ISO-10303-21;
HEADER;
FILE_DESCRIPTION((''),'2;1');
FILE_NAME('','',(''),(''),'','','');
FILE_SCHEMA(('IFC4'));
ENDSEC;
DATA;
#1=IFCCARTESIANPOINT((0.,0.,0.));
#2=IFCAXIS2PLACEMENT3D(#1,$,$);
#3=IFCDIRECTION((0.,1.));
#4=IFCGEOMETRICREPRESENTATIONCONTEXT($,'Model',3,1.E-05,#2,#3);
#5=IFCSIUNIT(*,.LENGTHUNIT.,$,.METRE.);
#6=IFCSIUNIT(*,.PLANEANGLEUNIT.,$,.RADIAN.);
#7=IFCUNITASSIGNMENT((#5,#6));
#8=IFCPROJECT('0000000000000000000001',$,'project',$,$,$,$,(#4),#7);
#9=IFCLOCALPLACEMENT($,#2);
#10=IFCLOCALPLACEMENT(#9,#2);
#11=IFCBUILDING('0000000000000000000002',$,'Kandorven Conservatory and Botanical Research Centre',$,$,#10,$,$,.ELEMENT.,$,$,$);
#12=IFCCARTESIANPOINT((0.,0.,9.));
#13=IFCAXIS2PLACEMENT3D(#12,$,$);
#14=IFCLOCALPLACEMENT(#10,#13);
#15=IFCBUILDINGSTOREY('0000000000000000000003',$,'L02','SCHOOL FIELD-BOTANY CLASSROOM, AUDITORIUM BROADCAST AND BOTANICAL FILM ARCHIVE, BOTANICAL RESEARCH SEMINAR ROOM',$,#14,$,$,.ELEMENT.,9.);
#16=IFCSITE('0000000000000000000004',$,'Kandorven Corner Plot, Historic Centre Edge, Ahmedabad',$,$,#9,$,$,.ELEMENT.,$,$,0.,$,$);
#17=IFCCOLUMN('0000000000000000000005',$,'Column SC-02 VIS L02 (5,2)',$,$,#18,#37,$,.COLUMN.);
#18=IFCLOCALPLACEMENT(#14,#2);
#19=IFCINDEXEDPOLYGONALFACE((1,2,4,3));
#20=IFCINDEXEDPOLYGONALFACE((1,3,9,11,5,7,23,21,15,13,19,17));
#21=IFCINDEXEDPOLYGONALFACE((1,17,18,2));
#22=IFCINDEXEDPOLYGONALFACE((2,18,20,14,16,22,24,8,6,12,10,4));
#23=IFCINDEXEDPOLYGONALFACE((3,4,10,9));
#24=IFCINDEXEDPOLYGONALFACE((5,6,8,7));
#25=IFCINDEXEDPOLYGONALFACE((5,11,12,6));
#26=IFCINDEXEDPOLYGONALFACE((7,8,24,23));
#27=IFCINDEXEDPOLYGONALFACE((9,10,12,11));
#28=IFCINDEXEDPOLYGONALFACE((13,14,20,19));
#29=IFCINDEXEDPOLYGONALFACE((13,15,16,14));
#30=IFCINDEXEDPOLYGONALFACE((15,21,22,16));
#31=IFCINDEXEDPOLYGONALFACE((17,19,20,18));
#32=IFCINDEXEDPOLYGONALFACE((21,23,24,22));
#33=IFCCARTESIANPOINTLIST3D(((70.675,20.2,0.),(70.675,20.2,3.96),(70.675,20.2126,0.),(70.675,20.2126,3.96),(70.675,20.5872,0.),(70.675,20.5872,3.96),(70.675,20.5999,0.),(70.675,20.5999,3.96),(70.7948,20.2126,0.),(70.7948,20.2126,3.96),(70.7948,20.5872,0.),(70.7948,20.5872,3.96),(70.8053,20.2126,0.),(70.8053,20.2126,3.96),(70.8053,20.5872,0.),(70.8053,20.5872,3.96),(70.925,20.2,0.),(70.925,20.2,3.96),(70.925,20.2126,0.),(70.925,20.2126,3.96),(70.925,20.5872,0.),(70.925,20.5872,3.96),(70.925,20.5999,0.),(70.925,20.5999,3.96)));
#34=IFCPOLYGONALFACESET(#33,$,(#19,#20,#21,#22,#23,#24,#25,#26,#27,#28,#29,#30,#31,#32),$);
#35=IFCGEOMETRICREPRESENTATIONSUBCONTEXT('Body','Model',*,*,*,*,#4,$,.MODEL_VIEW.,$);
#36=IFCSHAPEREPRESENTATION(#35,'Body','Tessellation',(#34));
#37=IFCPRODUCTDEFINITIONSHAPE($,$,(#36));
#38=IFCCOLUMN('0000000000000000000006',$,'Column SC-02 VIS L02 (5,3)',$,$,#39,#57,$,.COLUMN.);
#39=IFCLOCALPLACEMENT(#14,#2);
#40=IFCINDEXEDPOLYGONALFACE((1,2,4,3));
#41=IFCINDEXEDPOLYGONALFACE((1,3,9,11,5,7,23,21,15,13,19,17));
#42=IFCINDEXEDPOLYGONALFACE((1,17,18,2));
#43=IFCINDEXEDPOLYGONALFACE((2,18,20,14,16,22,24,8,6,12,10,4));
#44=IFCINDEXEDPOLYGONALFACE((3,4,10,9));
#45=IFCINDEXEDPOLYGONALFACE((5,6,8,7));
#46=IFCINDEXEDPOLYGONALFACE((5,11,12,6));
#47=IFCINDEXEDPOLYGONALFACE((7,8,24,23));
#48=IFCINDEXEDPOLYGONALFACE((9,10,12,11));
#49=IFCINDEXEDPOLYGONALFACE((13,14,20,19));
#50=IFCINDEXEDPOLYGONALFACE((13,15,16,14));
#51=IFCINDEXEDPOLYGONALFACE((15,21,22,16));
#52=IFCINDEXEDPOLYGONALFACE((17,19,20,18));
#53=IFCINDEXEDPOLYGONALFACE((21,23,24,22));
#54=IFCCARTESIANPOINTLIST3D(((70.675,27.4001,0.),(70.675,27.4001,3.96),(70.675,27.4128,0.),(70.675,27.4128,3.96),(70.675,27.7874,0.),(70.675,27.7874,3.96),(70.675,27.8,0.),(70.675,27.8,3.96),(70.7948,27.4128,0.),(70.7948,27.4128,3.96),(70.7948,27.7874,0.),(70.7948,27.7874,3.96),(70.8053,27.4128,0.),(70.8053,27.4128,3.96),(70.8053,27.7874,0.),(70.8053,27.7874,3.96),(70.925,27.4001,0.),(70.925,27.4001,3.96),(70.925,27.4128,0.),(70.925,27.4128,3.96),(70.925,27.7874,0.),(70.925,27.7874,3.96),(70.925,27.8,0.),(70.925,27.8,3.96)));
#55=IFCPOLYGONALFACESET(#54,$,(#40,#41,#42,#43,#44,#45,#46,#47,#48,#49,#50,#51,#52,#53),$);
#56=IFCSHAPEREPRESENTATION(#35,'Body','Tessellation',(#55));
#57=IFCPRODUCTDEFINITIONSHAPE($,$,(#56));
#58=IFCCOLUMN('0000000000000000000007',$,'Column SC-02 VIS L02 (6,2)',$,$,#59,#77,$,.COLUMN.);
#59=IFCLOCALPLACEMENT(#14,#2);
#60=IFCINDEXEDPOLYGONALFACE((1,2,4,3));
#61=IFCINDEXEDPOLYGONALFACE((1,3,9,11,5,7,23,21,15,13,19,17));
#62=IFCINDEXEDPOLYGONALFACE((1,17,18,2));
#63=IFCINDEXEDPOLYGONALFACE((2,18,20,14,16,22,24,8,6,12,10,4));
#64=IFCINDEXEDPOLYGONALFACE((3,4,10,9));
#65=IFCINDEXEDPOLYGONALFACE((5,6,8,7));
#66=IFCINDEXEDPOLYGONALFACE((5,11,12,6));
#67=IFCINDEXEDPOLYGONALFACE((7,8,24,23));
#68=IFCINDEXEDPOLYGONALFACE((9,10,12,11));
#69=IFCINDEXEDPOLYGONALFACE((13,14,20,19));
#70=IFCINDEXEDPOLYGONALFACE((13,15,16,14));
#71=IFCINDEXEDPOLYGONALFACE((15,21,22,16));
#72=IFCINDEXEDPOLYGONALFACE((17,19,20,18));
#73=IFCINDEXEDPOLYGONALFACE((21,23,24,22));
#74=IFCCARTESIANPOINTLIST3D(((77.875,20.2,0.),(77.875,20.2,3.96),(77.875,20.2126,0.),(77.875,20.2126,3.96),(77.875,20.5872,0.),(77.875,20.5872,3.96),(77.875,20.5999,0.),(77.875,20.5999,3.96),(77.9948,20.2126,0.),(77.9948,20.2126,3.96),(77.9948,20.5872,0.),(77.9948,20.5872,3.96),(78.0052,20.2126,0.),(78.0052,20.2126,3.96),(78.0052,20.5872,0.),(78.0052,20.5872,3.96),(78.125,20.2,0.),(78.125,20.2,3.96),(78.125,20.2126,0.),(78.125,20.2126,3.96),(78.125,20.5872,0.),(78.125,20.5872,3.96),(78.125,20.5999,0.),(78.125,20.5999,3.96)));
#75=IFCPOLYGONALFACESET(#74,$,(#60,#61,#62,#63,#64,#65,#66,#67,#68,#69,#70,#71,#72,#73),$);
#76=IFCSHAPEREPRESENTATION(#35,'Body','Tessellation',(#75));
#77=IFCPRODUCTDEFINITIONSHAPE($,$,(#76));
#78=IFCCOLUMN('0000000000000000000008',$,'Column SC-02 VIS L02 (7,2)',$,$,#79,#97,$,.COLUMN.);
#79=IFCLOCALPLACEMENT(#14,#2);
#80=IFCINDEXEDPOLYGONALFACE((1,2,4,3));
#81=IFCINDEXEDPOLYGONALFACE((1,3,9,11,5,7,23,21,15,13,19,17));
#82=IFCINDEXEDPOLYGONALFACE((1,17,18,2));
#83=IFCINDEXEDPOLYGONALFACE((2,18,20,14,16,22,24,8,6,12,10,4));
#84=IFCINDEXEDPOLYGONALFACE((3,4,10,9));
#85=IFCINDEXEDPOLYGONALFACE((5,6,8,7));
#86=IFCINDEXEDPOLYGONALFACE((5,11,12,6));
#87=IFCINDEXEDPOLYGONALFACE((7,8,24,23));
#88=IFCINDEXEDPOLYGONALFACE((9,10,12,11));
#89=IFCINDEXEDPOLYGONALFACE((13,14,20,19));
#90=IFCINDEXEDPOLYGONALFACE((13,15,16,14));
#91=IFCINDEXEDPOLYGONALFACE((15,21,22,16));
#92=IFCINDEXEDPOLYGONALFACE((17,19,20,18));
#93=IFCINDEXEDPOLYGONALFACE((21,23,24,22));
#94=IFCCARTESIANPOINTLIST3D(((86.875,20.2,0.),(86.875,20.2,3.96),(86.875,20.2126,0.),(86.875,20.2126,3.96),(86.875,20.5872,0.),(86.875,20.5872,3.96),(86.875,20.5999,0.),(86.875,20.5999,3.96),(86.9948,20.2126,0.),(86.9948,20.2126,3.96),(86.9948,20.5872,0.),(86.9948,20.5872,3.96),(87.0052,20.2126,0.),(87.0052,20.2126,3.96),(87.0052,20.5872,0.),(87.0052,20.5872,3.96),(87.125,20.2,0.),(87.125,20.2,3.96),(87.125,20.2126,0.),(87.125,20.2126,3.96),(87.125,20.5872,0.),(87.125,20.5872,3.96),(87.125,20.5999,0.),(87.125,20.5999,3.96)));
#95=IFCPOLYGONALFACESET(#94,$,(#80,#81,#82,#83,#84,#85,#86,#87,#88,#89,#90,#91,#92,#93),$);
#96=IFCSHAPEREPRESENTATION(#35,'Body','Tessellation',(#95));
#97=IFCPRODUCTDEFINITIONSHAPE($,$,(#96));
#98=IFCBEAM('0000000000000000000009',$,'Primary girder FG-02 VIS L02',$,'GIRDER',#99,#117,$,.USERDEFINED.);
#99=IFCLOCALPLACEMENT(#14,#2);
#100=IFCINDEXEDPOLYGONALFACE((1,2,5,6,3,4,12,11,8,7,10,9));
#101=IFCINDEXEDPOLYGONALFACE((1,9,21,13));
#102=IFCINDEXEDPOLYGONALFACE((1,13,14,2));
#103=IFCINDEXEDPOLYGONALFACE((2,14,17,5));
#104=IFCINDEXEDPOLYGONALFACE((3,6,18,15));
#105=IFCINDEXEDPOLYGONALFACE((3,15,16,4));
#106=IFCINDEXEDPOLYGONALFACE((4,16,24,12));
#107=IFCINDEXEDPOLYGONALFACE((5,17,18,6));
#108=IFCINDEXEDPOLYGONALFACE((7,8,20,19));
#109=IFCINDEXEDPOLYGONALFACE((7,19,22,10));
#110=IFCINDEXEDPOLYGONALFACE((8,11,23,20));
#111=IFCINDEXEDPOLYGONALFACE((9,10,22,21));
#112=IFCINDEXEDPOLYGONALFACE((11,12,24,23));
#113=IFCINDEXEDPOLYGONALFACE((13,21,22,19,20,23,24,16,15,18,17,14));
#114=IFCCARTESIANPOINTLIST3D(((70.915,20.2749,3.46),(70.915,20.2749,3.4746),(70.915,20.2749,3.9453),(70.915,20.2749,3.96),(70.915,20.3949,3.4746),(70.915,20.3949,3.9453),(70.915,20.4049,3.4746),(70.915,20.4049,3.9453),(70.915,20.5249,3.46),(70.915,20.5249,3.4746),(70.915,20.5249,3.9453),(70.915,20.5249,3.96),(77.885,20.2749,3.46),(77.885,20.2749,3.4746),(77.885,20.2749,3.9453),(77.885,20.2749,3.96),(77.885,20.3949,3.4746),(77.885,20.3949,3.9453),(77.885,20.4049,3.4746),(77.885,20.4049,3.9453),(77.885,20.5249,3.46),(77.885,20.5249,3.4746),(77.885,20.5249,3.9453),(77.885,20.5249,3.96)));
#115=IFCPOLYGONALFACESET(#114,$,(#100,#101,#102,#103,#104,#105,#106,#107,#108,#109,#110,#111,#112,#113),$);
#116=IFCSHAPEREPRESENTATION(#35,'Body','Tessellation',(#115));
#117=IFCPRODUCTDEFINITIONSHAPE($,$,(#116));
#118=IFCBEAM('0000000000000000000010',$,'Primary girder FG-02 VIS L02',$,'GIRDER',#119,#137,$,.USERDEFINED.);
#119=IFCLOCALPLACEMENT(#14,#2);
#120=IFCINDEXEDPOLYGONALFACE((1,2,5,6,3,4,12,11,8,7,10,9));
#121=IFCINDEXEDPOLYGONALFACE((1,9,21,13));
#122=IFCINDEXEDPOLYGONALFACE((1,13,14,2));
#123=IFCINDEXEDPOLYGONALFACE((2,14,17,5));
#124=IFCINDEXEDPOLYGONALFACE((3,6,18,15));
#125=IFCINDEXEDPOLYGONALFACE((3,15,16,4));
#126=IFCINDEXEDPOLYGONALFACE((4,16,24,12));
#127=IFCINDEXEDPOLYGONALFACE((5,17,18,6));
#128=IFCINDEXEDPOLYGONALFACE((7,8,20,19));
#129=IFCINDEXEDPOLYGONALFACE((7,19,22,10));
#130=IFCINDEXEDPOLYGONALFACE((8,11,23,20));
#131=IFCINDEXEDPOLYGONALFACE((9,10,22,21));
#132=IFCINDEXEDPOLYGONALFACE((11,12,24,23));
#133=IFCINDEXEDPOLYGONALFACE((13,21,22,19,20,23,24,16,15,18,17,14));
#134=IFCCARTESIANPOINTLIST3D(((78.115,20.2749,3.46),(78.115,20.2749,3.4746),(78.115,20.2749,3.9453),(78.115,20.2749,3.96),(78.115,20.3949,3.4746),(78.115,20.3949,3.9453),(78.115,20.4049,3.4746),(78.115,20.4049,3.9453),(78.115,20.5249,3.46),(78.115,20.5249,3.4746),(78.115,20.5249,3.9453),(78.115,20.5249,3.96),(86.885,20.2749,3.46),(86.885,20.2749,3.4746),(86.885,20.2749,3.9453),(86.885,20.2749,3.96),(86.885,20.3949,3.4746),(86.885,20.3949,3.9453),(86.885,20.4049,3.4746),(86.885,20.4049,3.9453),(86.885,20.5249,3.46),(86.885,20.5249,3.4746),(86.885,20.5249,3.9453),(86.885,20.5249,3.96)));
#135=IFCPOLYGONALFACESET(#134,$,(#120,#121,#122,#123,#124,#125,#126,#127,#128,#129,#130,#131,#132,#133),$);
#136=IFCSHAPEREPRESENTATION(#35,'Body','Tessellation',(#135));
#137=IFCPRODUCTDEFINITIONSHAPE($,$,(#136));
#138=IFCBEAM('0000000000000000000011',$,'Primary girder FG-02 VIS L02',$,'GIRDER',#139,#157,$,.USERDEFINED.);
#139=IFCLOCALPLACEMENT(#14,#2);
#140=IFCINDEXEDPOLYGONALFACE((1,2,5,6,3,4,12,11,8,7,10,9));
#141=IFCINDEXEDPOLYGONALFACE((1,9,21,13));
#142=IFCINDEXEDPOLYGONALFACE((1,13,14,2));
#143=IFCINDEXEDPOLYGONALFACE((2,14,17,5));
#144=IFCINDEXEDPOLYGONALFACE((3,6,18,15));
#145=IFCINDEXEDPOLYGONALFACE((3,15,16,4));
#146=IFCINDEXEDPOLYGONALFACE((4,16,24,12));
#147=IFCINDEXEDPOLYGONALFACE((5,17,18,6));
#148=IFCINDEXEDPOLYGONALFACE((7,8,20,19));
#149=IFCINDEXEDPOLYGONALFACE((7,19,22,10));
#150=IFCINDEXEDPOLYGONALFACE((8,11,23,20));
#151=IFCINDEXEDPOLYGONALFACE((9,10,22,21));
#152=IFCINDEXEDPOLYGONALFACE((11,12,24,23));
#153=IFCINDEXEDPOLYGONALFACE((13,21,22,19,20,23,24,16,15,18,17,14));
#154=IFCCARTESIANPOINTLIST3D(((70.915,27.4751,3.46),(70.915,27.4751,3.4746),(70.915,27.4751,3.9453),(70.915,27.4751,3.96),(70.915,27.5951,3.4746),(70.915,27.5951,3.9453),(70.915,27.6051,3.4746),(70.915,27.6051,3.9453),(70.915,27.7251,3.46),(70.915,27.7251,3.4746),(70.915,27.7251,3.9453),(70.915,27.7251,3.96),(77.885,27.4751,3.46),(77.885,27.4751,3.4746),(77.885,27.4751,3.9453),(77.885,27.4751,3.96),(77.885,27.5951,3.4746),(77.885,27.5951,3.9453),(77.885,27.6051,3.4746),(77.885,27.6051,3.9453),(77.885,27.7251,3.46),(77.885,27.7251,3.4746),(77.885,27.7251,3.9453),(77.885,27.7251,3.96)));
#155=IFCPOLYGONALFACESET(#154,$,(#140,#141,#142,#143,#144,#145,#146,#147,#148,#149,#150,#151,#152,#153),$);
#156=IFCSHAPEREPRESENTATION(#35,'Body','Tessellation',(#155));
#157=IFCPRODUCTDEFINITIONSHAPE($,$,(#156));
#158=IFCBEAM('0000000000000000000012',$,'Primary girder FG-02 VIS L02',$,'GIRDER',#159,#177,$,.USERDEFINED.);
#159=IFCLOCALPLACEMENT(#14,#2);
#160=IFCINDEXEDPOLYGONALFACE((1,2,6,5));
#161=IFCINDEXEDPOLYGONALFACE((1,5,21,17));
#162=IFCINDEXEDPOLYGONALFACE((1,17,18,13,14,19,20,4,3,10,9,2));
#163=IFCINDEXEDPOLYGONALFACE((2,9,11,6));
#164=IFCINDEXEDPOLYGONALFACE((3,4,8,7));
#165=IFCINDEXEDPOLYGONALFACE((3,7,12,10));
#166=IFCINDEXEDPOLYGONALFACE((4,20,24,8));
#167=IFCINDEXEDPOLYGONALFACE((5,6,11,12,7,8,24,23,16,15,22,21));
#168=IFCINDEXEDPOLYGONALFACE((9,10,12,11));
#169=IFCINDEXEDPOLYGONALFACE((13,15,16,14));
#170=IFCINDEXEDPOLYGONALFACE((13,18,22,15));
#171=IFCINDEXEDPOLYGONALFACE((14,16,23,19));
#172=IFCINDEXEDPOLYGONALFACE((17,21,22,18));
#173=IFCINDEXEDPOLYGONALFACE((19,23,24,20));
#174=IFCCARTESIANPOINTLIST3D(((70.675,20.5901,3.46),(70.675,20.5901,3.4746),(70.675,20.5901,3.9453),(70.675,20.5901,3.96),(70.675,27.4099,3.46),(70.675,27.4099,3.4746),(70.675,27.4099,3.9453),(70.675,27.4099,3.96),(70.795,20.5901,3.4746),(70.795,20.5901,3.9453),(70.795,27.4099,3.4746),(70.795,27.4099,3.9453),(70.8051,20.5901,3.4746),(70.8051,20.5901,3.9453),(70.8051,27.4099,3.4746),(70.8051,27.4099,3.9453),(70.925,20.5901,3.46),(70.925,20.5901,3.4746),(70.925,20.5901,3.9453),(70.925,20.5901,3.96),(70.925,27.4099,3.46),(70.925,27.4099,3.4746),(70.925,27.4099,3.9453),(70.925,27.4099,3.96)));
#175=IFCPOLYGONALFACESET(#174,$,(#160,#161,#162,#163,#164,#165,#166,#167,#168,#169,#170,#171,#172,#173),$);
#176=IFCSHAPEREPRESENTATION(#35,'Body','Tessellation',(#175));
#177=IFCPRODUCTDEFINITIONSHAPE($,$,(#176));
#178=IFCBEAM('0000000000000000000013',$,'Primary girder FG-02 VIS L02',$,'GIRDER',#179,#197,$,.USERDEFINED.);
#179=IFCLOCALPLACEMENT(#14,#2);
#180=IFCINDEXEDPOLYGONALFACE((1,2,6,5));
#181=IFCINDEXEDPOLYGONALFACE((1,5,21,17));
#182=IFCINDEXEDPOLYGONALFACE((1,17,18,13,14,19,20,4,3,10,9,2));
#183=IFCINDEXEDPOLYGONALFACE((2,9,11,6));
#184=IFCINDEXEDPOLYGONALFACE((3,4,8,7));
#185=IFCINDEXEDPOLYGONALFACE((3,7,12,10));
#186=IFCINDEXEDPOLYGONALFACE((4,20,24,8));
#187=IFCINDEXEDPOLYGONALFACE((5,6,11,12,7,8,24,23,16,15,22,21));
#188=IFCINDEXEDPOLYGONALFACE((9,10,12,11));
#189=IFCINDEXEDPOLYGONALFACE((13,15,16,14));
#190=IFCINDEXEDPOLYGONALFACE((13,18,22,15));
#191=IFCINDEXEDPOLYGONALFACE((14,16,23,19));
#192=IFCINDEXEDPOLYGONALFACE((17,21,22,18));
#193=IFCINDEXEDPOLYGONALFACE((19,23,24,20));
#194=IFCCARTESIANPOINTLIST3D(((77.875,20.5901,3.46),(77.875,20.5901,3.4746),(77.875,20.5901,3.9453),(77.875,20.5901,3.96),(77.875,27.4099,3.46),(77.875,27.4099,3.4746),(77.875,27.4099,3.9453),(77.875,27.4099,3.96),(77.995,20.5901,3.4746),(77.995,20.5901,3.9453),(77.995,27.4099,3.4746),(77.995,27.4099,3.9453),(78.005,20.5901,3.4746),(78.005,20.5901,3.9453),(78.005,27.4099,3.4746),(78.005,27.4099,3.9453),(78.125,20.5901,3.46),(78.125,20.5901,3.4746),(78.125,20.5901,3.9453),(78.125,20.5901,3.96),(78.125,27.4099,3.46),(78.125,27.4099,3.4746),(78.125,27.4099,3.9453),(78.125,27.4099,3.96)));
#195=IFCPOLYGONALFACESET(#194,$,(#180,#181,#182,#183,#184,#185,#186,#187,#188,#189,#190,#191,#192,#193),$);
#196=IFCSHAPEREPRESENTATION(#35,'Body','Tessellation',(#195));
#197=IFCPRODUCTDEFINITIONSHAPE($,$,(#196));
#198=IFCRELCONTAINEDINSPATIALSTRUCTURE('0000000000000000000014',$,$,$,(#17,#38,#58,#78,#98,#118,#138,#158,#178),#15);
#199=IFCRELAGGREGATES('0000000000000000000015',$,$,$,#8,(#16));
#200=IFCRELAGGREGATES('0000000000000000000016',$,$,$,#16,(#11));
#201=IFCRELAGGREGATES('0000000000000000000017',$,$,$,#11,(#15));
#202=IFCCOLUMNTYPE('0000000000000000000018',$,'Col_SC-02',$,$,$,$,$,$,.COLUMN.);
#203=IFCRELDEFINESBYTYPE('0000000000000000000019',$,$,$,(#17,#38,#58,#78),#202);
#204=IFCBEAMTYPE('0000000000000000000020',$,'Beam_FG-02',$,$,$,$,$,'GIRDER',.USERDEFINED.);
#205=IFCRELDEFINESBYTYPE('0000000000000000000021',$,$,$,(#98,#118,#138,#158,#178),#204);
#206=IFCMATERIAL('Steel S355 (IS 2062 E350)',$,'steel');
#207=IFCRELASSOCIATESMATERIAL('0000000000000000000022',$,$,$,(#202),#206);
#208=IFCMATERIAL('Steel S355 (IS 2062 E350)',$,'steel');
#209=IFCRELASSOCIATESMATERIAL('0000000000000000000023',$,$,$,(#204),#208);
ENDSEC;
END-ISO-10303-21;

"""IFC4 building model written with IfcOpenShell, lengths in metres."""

from ifc_helpers import new_model, si_unit, direction, frame, origin, origin_2d, place, context, subcontext, project, spatial, i_section, extrude, material, material_profile, profile_set, type_object, element, save


model = new_model("IFC4")

# Units and contexts
model_context = context("Model", 3, precision=1e-05, world=origin(), true_north=direction((0.0, 1.0)))
body_context = subcontext(model_context, "Body", "Model", "MODEL_VIEW")
ifc_project = project(units=[si_unit("LENGTHUNIT", "METRE"), si_unit("PLANEANGLEUNIT", "RADIAN")], contexts=[model_context])

# Site, building, storey
site_placement = place(None, origin())
site = spatial("IfcSite", under=ifc_project, at=site_placement, Name="Kandorven Corner Plot, Historic Centre Edge, Ahmedabad", CompositionType="ELEMENT", RefElevation=0.0)
building_placement = place(site_placement, origin())
building = spatial("IfcBuilding", under=site, at=building_placement, Name="Kandorven Conservatory and Botanical Research Centre", CompositionType="ELEMENT")
storey_placement = place(building_placement, frame((0.0, 0.0, 9.0)))
storey = spatial("IfcBuildingStorey", under=building, at=storey_placement, Name="L02", Description="SCHOOL FIELD-BOTANY CLASSROOM, AUDITORIUM BROADCAST AND BOTANICAL FILM ARCHIVE, BOTANICAL RESEARCH SEMINAR ROOM", CompositionType="ELEMENT", Elevation=9.0)

# Columns
ifc_material_1 = material(Name="Steel S355 (IS 2062 E350)", Category="steel")
ifc_material_profile_1 = material_profile(ifc_material_1, i_section(OverallWidth=0.25, OverallDepth=0.3999, WebThickness=0.0105, FlangeThickness=0.0127, at=origin_2d()))
ifc_profile_set_1 = profile_set([ifc_material_profile_1], Name="Steel S355 (IS 2062 E350)")
column_type = type_object("IfcColumnType", Name="Col_SC-02", PredefinedType="COLUMN", material=ifc_profile_set_1)
for number, where, z_axis, x_axis, name in (
    (1, (70.8, 20.3999, 0.0), (0.0, 0.0, 1.0), (1.0, 0.0, 0.0), "Column SC-02 VIS L02 (5,2)"),
    (2, (70.8, 27.6001, 0.0), (0.0, 0.0, 1.0), (1.0, 0.0, 0.0), "Column SC-02 VIS L02 (5,3)"),
    (3, (78.0, 20.3999, 0.0), (0.0, 0.0, 1.0), (1.0, 0.0, 0.0), "Column SC-02 VIS L02 (6,2)"),
    (4, (87.0, 20.3999, 0.0), (0.0, 0.0, 1.0), (1.0, 0.0, 0.0), "Column SC-02 VIS L02 (7,2)"),
):
    element("IfcColumn", number, at=place(storey_placement, frame(where, z_axis=z_axis, x_axis=x_axis)), inside=storey, type_object=column_type, Name=name, PredefinedType="COLUMN", context=body_context, shape_type="SweptSolid", body=[
        extrude(i_section(OverallWidth=0.25, OverallDepth=0.3999, WebThickness=0.0105, FlangeThickness=0.0127, at=origin_2d()), origin(), (0.0, 0.0, 1.0), 3.96),
    ])

# Beams
ifc_material_2 = material(Name="Steel S355 (IS 2062 E350)", Category="steel")
ifc_material_profile_2 = material_profile(ifc_material_2, i_section(OverallWidth=0.25, OverallDepth=0.5, WebThickness=0.01, FlangeThickness=0.0146, at=origin_2d()))
ifc_profile_set_2 = profile_set([ifc_material_profile_2], Name="Steel S355 (IS 2062 E350)")
beam_type_1 = type_object("IfcBeamType", Name="Beam_FG-02", ElementType="GIRDER", PredefinedType="USERDEFINED", material=ifc_profile_set_2)
beam_1_placement = place(storey_placement, frame((70.915, 20.3999, 3.71), z_axis=(1.0, 0.0, 0.0), x_axis=(0.0, 1.0, 0.0)))
element("IfcBeam", 5, at=beam_1_placement, inside=storey, type_object=beam_type_1, Name="Primary girder FG-02 VIS L02", ObjectType="GIRDER", PredefinedType="USERDEFINED", context=body_context, shape_type="SweptSolid", body=[
    extrude(i_section(OverallWidth=0.25, OverallDepth=0.5, WebThickness=0.01, FlangeThickness=0.0146, at=origin_2d()), origin(), (0.0, 0.0, 1.0), 6.97),
])
beam_2_placement = place(storey_placement, frame((78.115, 20.3999, 3.71), z_axis=(1.0, 0.0, 0.0), x_axis=(0.0, 1.0, 0.0)))
element("IfcBeam", 6, at=beam_2_placement, inside=storey, type_object=beam_type_1, Name="Primary girder FG-02 VIS L02", ObjectType="GIRDER", PredefinedType="USERDEFINED", context=body_context, shape_type="SweptSolid", body=[
    extrude(i_section(OverallWidth=0.25, OverallDepth=0.5, WebThickness=0.01, FlangeThickness=0.0146, at=origin_2d()), origin(), (0.0, 0.0, 1.0), 8.77),
])
beam_3_placement = place(storey_placement, frame((70.915, 27.6001, 3.71), z_axis=(1.0, 0.0, 0.0), x_axis=(0.0, 1.0, 0.0)))
element("IfcBeam", 7, at=beam_3_placement, inside=storey, type_object=beam_type_1, Name="Primary girder FG-02 VIS L02", ObjectType="GIRDER", PredefinedType="USERDEFINED", context=body_context, shape_type="SweptSolid", body=[
    extrude(i_section(OverallWidth=0.25, OverallDepth=0.5, WebThickness=0.01, FlangeThickness=0.0146, at=origin_2d()), origin(), (0.0, 0.0, 1.0), 6.97),
])
for number, where, z_axis, x_axis, name in (
    (8, (70.8, 20.5901, 3.71), (0.0, 1.0, 0.0), (-1.0, 0.0, 0.0), "Primary girder FG-02 VIS L02"),
    (9, (78.0, 20.5901, 3.71), (0.0, 1.0, 0.0), (-1.0, 0.0, 0.0), "Primary girder FG-02 VIS L02"),
):
    element("IfcBeam", number, at=place(storey_placement, frame(where, z_axis=z_axis, x_axis=x_axis)), inside=storey, type_object=beam_type_1, Name=name, ObjectType="GIRDER", PredefinedType="USERDEFINED", context=body_context, shape_type="SweptSolid", body=[
        extrude(i_section(OverallWidth=0.25, OverallDepth=0.5, WebThickness=0.01, FlangeThickness=0.0146, at=origin_2d()), origin(), (0.0, 0.0, 1.0), 6.8198),
    ])

save(model, "model.ifc")
